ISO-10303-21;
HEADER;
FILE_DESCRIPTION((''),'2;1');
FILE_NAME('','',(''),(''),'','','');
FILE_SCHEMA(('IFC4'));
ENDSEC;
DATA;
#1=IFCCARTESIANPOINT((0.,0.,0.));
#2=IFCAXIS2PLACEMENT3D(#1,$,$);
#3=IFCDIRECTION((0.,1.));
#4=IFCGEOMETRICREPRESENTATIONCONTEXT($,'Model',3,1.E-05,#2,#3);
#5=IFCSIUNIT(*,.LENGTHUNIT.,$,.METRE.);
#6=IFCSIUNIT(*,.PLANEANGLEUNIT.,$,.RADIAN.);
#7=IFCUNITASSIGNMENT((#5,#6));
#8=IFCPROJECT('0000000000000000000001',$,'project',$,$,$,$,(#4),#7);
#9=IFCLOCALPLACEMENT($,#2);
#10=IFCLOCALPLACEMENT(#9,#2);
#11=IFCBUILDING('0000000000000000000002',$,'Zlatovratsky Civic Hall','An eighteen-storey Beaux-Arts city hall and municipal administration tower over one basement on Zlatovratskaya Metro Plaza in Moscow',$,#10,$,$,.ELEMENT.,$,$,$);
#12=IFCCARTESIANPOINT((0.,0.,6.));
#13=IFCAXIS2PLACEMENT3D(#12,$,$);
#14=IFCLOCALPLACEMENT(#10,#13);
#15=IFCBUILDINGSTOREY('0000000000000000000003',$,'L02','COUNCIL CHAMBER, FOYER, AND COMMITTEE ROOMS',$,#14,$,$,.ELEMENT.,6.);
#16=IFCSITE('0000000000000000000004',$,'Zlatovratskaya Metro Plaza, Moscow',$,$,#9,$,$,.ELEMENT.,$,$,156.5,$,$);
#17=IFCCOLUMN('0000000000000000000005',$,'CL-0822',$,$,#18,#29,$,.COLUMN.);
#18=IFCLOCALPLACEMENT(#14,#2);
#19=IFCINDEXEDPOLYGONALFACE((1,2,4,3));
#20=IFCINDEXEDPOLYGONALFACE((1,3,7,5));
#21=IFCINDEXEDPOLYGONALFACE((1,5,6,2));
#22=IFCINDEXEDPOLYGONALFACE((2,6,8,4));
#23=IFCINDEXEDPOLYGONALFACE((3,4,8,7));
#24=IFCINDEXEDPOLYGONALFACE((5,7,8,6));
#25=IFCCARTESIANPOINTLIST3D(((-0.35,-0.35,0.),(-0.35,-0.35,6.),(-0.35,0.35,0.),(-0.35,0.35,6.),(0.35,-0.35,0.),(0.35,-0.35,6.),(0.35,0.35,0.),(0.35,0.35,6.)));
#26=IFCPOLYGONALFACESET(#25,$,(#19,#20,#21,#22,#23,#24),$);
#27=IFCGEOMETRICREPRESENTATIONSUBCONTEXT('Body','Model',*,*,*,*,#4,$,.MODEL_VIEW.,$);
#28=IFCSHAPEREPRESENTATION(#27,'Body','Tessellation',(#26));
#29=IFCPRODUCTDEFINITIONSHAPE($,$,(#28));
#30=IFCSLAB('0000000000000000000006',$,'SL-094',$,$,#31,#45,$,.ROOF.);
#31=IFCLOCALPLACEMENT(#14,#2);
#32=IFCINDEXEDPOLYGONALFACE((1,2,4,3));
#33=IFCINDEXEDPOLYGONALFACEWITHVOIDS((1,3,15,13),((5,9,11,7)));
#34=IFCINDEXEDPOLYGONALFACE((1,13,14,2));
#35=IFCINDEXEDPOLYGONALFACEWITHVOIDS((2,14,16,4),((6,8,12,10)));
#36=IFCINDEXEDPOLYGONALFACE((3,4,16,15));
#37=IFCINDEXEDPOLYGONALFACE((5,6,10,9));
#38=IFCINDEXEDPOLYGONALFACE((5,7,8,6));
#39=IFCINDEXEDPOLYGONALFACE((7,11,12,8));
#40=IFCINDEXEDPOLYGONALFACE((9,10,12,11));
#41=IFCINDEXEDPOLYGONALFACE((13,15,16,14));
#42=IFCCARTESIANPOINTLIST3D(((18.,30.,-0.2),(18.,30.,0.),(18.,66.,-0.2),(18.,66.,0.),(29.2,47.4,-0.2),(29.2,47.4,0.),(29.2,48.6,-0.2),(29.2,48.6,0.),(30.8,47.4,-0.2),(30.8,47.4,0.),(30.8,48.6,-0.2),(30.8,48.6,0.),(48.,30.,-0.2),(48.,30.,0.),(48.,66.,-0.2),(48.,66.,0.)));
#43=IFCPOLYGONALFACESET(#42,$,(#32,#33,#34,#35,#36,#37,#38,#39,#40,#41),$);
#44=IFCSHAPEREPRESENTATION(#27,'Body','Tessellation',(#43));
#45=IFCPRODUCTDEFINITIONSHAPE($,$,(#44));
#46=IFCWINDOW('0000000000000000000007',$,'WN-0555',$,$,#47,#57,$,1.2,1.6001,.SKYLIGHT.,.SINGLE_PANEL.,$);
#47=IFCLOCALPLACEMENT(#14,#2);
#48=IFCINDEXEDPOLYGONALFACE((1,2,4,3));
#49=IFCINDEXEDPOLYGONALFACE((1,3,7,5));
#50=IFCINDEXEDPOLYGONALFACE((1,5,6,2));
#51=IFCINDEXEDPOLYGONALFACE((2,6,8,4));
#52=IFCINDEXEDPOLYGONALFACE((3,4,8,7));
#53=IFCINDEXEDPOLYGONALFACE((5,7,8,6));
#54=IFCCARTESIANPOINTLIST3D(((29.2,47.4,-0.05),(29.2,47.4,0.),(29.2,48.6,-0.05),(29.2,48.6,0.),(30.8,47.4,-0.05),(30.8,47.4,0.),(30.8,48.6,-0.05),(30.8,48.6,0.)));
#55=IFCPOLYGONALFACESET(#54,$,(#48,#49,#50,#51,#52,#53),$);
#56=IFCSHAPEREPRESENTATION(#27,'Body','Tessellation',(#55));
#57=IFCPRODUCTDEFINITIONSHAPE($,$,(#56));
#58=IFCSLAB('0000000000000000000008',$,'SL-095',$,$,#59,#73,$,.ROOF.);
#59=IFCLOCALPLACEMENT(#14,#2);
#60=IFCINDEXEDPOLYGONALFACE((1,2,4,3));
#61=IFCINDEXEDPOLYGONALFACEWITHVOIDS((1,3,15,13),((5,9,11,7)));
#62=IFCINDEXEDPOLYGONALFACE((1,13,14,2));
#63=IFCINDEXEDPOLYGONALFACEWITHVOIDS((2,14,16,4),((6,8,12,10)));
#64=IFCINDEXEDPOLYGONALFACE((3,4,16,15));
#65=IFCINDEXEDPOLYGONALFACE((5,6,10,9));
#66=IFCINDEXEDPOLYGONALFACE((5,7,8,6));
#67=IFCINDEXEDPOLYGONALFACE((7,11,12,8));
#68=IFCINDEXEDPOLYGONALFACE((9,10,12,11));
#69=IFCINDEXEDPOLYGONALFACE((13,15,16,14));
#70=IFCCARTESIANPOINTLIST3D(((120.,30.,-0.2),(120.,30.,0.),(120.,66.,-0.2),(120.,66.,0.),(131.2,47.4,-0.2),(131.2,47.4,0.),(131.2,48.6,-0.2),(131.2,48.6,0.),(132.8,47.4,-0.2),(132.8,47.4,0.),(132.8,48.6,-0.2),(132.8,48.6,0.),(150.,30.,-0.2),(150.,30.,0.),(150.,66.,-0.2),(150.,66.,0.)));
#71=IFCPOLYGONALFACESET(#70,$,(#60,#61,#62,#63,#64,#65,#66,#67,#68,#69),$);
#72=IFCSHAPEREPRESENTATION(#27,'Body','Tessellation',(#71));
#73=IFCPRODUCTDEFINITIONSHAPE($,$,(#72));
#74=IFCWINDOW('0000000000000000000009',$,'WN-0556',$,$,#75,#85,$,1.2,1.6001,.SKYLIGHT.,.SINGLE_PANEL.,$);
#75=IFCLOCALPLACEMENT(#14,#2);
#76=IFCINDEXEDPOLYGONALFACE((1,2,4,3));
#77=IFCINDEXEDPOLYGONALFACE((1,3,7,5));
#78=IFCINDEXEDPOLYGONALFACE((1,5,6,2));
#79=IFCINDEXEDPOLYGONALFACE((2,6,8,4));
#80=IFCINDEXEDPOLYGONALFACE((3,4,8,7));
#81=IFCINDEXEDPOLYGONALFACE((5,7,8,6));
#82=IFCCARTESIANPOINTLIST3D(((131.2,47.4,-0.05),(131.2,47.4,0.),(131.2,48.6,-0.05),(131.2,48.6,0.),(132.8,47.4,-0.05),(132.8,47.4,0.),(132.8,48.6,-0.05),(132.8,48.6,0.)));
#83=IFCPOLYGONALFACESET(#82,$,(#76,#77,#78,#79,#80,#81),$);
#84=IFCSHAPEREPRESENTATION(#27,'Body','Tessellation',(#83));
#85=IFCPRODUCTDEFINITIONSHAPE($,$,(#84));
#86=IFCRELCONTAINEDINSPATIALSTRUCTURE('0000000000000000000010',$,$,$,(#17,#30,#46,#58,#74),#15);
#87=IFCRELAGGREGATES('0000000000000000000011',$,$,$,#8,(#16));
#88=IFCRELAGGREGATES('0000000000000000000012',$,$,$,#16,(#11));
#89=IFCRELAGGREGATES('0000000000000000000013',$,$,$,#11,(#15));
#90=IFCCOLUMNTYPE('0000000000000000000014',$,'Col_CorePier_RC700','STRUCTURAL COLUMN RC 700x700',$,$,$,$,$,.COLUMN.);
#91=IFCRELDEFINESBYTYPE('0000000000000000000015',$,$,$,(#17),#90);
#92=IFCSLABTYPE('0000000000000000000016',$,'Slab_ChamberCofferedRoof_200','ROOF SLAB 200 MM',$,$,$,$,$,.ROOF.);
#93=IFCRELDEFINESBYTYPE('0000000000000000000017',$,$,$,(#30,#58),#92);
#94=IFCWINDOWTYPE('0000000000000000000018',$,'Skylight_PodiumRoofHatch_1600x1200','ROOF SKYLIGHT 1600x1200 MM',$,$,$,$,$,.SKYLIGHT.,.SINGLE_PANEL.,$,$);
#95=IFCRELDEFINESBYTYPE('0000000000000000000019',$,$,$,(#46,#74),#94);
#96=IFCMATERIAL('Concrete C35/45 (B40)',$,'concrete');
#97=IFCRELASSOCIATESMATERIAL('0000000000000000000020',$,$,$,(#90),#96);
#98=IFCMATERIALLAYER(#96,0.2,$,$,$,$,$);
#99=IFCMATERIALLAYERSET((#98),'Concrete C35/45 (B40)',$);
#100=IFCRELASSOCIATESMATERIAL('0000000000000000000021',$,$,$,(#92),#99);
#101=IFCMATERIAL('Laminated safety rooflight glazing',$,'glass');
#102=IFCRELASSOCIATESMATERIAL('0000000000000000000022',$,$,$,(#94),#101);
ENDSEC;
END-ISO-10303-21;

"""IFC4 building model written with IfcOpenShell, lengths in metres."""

from ifc_helpers import new_model, si_unit, direction, frame, origin, origin_with_axes, origin_2d, place, context, subcontext, project, spatial, polyline, rectangle, outline, extrude, material, layer, layer_set, material_profile, profile_set, type_object, element, fill, save


model = new_model("IFC4")

# Units and contexts
model_context = context("Model", 3, precision=1e-05, world=origin(), true_north=direction((0.0, 1.0)))
body_context = subcontext(model_context, "Body", "Model", "MODEL_VIEW")
ifc_project = project(units=[si_unit("LENGTHUNIT", "METRE"), si_unit("PLANEANGLEUNIT", "RADIAN")], contexts=[model_context])

# Site, building, storey
site_placement = place(None, origin())
site = spatial("IfcSite", under=ifc_project, at=site_placement, Name="Zlatovratskaya Metro Plaza, Moscow", CompositionType="ELEMENT", RefElevation=156.5)
building_placement = place(site_placement, origin())
building = spatial("IfcBuilding", under=site, at=building_placement, Name="Zlatovratsky Civic Hall", Description="An eighteen-storey Beaux-Arts city hall and municipal administration tower over one basement on Zlatovratskaya Metro Plaza in Moscow", CompositionType="ELEMENT")
storey_placement = place(building_placement, frame((0.0, 0.0, 6.0)))
storey = spatial("IfcBuildingStorey", under=building, at=storey_placement, Name="L02", Description="COUNCIL CHAMBER, FOYER, AND COMMITTEE ROOMS", CompositionType="ELEMENT", Elevation=6.0)

# Column
ifc_material_1 = material(Name="Concrete C35/45 (B40)", Category="concrete")
ifc_material_profile = material_profile(ifc_material_1, rectangle(XDim=0.7, YDim=0.7, at=origin_2d()), Name="RC 700x700")
ifc_profile_set = profile_set([ifc_material_profile], Name="Concrete C35/45 (B40)")
column_type = type_object("IfcColumnType", Name="Col_CorePier_RC700", Description="STRUCTURAL COLUMN RC 700x700", PredefinedType="COLUMN", material=ifc_profile_set)
column_placement = place(storey_placement, origin_with_axes())
element("IfcColumn", 1, at=column_placement, inside=storey, type_object=column_type, Name="CL-0822", PredefinedType="COLUMN", context=body_context, shape_type="SweptSolid", body=[
    extrude(rectangle(XDim=0.7, YDim=0.7, at=origin_2d()), origin(), (0.0, 0.0, 1.0), 6.0),
])

# Slabs, openings, windows
ifc_layer_1 = layer(ifc_material_1, 0.2)
ifc_layer_set_1 = layer_set([ifc_layer_1], Name="Concrete C35/45 (B40)")
slab_type_1 = type_object("IfcSlabType", Name="Slab_ChamberCofferedRoof_200", Description="ROOF SLAB 200 MM", PredefinedType="ROOF", material=ifc_layer_set_1)
slab_1_placement = place(storey_placement, frame((0.0, 0.0, -0.2)))
slab_1 = element("IfcSlab", 2, at=slab_1_placement, inside=storey, type_object=slab_type_1, Name="SL-094", PredefinedType="ROOF", context=body_context, shape_type="SweptSolid", body=[
    extrude(outline(polyline([(18.0, 30.0), (48.0, 30.0), (48.0, 66.0), (18.0, 66.0), (18.0, 30.0)])), origin(), (0.0, 0.0, 1.0), 0.2),
])
opening_1_placement = place(slab_1_placement, frame((30.0, 48.0, 0.0)))
opening_1 = element("IfcOpeningElement", 3, at=opening_1_placement, cuts=slab_1, PredefinedType="OPENING", context=body_context, shape_type="SweptSolid", body=[
    extrude(rectangle(XDim=1.6001, YDim=1.2, at=origin_2d()), frame((0.0, 0.0, -0.0149)), (0.0, 0.0, 1.0), 0.2297),
])
ifc_material_2 = material(Name="Laminated safety rooflight glazing", Category="glass")
window_type = type_object("IfcWindowType", Name="Skylight_PodiumRoofHatch_1600x1200", Description="ROOF SKYLIGHT 1600x1200 MM", PartitioningType="SINGLE_PANEL", PredefinedType="SKYLIGHT", material=ifc_material_2)
window_1_placement = place(opening_1_placement, frame((0.0, 0.0, 0.1499)))
window_1 = element("IfcWindow", 4, at=window_1_placement, inside=storey, type_object=window_type, Name="WN-0555", OverallHeight=1.2, OverallWidth=1.6001, PartitioningType="SINGLE_PANEL", PredefinedType="SKYLIGHT", context=body_context, shape_type="SweptSolid", body=[
    extrude(rectangle(XDim=1.6001, YDim=1.2, at=origin_2d()), origin(), (0.0, 0.0, 1.0), 0.05),
])
fill(opening_1, window_1)
slab_2_placement = place(storey_placement, frame((0.0, 0.0, -0.2)))
slab_2 = element("IfcSlab", 5, at=slab_2_placement, inside=storey, type_object=slab_type_1, Name="SL-095", PredefinedType="ROOF", context=body_context, shape_type="SweptSolid", body=[
    extrude(outline(polyline([(120.0, 30.0), (150.0, 30.0), (150.0, 66.0), (120.0, 66.0), (120.0, 30.0)])), origin(), (0.0, 0.0, 1.0), 0.2),
])
opening_2_placement = place(slab_2_placement, frame((132.0, 48.0, 0.0)))
opening_2 = element("IfcOpeningElement", 6, at=opening_2_placement, cuts=slab_2, PredefinedType="OPENING", context=body_context, shape_type="SweptSolid", body=[
    extrude(rectangle(XDim=1.6001, YDim=1.2, at=origin_2d()), frame((0.0, 0.0, -0.0149)), (0.0, 0.0, 1.0), 0.2297),
])
window_2_placement = place(opening_2_placement, frame((0.0, 0.0, 0.1499)))
window_2 = element("IfcWindow", 7, at=window_2_placement, inside=storey, type_object=window_type, Name="WN-0556", OverallHeight=1.2, OverallWidth=1.6001, PartitioningType="SINGLE_PANEL", PredefinedType="SKYLIGHT", context=body_context, shape_type="SweptSolid", body=[
    extrude(rectangle(XDim=1.6001, YDim=1.2, at=origin_2d()), origin(), (0.0, 0.0, 1.0), 0.05),
])
fill(opening_2, window_2)

save(model, "model.ifc")
